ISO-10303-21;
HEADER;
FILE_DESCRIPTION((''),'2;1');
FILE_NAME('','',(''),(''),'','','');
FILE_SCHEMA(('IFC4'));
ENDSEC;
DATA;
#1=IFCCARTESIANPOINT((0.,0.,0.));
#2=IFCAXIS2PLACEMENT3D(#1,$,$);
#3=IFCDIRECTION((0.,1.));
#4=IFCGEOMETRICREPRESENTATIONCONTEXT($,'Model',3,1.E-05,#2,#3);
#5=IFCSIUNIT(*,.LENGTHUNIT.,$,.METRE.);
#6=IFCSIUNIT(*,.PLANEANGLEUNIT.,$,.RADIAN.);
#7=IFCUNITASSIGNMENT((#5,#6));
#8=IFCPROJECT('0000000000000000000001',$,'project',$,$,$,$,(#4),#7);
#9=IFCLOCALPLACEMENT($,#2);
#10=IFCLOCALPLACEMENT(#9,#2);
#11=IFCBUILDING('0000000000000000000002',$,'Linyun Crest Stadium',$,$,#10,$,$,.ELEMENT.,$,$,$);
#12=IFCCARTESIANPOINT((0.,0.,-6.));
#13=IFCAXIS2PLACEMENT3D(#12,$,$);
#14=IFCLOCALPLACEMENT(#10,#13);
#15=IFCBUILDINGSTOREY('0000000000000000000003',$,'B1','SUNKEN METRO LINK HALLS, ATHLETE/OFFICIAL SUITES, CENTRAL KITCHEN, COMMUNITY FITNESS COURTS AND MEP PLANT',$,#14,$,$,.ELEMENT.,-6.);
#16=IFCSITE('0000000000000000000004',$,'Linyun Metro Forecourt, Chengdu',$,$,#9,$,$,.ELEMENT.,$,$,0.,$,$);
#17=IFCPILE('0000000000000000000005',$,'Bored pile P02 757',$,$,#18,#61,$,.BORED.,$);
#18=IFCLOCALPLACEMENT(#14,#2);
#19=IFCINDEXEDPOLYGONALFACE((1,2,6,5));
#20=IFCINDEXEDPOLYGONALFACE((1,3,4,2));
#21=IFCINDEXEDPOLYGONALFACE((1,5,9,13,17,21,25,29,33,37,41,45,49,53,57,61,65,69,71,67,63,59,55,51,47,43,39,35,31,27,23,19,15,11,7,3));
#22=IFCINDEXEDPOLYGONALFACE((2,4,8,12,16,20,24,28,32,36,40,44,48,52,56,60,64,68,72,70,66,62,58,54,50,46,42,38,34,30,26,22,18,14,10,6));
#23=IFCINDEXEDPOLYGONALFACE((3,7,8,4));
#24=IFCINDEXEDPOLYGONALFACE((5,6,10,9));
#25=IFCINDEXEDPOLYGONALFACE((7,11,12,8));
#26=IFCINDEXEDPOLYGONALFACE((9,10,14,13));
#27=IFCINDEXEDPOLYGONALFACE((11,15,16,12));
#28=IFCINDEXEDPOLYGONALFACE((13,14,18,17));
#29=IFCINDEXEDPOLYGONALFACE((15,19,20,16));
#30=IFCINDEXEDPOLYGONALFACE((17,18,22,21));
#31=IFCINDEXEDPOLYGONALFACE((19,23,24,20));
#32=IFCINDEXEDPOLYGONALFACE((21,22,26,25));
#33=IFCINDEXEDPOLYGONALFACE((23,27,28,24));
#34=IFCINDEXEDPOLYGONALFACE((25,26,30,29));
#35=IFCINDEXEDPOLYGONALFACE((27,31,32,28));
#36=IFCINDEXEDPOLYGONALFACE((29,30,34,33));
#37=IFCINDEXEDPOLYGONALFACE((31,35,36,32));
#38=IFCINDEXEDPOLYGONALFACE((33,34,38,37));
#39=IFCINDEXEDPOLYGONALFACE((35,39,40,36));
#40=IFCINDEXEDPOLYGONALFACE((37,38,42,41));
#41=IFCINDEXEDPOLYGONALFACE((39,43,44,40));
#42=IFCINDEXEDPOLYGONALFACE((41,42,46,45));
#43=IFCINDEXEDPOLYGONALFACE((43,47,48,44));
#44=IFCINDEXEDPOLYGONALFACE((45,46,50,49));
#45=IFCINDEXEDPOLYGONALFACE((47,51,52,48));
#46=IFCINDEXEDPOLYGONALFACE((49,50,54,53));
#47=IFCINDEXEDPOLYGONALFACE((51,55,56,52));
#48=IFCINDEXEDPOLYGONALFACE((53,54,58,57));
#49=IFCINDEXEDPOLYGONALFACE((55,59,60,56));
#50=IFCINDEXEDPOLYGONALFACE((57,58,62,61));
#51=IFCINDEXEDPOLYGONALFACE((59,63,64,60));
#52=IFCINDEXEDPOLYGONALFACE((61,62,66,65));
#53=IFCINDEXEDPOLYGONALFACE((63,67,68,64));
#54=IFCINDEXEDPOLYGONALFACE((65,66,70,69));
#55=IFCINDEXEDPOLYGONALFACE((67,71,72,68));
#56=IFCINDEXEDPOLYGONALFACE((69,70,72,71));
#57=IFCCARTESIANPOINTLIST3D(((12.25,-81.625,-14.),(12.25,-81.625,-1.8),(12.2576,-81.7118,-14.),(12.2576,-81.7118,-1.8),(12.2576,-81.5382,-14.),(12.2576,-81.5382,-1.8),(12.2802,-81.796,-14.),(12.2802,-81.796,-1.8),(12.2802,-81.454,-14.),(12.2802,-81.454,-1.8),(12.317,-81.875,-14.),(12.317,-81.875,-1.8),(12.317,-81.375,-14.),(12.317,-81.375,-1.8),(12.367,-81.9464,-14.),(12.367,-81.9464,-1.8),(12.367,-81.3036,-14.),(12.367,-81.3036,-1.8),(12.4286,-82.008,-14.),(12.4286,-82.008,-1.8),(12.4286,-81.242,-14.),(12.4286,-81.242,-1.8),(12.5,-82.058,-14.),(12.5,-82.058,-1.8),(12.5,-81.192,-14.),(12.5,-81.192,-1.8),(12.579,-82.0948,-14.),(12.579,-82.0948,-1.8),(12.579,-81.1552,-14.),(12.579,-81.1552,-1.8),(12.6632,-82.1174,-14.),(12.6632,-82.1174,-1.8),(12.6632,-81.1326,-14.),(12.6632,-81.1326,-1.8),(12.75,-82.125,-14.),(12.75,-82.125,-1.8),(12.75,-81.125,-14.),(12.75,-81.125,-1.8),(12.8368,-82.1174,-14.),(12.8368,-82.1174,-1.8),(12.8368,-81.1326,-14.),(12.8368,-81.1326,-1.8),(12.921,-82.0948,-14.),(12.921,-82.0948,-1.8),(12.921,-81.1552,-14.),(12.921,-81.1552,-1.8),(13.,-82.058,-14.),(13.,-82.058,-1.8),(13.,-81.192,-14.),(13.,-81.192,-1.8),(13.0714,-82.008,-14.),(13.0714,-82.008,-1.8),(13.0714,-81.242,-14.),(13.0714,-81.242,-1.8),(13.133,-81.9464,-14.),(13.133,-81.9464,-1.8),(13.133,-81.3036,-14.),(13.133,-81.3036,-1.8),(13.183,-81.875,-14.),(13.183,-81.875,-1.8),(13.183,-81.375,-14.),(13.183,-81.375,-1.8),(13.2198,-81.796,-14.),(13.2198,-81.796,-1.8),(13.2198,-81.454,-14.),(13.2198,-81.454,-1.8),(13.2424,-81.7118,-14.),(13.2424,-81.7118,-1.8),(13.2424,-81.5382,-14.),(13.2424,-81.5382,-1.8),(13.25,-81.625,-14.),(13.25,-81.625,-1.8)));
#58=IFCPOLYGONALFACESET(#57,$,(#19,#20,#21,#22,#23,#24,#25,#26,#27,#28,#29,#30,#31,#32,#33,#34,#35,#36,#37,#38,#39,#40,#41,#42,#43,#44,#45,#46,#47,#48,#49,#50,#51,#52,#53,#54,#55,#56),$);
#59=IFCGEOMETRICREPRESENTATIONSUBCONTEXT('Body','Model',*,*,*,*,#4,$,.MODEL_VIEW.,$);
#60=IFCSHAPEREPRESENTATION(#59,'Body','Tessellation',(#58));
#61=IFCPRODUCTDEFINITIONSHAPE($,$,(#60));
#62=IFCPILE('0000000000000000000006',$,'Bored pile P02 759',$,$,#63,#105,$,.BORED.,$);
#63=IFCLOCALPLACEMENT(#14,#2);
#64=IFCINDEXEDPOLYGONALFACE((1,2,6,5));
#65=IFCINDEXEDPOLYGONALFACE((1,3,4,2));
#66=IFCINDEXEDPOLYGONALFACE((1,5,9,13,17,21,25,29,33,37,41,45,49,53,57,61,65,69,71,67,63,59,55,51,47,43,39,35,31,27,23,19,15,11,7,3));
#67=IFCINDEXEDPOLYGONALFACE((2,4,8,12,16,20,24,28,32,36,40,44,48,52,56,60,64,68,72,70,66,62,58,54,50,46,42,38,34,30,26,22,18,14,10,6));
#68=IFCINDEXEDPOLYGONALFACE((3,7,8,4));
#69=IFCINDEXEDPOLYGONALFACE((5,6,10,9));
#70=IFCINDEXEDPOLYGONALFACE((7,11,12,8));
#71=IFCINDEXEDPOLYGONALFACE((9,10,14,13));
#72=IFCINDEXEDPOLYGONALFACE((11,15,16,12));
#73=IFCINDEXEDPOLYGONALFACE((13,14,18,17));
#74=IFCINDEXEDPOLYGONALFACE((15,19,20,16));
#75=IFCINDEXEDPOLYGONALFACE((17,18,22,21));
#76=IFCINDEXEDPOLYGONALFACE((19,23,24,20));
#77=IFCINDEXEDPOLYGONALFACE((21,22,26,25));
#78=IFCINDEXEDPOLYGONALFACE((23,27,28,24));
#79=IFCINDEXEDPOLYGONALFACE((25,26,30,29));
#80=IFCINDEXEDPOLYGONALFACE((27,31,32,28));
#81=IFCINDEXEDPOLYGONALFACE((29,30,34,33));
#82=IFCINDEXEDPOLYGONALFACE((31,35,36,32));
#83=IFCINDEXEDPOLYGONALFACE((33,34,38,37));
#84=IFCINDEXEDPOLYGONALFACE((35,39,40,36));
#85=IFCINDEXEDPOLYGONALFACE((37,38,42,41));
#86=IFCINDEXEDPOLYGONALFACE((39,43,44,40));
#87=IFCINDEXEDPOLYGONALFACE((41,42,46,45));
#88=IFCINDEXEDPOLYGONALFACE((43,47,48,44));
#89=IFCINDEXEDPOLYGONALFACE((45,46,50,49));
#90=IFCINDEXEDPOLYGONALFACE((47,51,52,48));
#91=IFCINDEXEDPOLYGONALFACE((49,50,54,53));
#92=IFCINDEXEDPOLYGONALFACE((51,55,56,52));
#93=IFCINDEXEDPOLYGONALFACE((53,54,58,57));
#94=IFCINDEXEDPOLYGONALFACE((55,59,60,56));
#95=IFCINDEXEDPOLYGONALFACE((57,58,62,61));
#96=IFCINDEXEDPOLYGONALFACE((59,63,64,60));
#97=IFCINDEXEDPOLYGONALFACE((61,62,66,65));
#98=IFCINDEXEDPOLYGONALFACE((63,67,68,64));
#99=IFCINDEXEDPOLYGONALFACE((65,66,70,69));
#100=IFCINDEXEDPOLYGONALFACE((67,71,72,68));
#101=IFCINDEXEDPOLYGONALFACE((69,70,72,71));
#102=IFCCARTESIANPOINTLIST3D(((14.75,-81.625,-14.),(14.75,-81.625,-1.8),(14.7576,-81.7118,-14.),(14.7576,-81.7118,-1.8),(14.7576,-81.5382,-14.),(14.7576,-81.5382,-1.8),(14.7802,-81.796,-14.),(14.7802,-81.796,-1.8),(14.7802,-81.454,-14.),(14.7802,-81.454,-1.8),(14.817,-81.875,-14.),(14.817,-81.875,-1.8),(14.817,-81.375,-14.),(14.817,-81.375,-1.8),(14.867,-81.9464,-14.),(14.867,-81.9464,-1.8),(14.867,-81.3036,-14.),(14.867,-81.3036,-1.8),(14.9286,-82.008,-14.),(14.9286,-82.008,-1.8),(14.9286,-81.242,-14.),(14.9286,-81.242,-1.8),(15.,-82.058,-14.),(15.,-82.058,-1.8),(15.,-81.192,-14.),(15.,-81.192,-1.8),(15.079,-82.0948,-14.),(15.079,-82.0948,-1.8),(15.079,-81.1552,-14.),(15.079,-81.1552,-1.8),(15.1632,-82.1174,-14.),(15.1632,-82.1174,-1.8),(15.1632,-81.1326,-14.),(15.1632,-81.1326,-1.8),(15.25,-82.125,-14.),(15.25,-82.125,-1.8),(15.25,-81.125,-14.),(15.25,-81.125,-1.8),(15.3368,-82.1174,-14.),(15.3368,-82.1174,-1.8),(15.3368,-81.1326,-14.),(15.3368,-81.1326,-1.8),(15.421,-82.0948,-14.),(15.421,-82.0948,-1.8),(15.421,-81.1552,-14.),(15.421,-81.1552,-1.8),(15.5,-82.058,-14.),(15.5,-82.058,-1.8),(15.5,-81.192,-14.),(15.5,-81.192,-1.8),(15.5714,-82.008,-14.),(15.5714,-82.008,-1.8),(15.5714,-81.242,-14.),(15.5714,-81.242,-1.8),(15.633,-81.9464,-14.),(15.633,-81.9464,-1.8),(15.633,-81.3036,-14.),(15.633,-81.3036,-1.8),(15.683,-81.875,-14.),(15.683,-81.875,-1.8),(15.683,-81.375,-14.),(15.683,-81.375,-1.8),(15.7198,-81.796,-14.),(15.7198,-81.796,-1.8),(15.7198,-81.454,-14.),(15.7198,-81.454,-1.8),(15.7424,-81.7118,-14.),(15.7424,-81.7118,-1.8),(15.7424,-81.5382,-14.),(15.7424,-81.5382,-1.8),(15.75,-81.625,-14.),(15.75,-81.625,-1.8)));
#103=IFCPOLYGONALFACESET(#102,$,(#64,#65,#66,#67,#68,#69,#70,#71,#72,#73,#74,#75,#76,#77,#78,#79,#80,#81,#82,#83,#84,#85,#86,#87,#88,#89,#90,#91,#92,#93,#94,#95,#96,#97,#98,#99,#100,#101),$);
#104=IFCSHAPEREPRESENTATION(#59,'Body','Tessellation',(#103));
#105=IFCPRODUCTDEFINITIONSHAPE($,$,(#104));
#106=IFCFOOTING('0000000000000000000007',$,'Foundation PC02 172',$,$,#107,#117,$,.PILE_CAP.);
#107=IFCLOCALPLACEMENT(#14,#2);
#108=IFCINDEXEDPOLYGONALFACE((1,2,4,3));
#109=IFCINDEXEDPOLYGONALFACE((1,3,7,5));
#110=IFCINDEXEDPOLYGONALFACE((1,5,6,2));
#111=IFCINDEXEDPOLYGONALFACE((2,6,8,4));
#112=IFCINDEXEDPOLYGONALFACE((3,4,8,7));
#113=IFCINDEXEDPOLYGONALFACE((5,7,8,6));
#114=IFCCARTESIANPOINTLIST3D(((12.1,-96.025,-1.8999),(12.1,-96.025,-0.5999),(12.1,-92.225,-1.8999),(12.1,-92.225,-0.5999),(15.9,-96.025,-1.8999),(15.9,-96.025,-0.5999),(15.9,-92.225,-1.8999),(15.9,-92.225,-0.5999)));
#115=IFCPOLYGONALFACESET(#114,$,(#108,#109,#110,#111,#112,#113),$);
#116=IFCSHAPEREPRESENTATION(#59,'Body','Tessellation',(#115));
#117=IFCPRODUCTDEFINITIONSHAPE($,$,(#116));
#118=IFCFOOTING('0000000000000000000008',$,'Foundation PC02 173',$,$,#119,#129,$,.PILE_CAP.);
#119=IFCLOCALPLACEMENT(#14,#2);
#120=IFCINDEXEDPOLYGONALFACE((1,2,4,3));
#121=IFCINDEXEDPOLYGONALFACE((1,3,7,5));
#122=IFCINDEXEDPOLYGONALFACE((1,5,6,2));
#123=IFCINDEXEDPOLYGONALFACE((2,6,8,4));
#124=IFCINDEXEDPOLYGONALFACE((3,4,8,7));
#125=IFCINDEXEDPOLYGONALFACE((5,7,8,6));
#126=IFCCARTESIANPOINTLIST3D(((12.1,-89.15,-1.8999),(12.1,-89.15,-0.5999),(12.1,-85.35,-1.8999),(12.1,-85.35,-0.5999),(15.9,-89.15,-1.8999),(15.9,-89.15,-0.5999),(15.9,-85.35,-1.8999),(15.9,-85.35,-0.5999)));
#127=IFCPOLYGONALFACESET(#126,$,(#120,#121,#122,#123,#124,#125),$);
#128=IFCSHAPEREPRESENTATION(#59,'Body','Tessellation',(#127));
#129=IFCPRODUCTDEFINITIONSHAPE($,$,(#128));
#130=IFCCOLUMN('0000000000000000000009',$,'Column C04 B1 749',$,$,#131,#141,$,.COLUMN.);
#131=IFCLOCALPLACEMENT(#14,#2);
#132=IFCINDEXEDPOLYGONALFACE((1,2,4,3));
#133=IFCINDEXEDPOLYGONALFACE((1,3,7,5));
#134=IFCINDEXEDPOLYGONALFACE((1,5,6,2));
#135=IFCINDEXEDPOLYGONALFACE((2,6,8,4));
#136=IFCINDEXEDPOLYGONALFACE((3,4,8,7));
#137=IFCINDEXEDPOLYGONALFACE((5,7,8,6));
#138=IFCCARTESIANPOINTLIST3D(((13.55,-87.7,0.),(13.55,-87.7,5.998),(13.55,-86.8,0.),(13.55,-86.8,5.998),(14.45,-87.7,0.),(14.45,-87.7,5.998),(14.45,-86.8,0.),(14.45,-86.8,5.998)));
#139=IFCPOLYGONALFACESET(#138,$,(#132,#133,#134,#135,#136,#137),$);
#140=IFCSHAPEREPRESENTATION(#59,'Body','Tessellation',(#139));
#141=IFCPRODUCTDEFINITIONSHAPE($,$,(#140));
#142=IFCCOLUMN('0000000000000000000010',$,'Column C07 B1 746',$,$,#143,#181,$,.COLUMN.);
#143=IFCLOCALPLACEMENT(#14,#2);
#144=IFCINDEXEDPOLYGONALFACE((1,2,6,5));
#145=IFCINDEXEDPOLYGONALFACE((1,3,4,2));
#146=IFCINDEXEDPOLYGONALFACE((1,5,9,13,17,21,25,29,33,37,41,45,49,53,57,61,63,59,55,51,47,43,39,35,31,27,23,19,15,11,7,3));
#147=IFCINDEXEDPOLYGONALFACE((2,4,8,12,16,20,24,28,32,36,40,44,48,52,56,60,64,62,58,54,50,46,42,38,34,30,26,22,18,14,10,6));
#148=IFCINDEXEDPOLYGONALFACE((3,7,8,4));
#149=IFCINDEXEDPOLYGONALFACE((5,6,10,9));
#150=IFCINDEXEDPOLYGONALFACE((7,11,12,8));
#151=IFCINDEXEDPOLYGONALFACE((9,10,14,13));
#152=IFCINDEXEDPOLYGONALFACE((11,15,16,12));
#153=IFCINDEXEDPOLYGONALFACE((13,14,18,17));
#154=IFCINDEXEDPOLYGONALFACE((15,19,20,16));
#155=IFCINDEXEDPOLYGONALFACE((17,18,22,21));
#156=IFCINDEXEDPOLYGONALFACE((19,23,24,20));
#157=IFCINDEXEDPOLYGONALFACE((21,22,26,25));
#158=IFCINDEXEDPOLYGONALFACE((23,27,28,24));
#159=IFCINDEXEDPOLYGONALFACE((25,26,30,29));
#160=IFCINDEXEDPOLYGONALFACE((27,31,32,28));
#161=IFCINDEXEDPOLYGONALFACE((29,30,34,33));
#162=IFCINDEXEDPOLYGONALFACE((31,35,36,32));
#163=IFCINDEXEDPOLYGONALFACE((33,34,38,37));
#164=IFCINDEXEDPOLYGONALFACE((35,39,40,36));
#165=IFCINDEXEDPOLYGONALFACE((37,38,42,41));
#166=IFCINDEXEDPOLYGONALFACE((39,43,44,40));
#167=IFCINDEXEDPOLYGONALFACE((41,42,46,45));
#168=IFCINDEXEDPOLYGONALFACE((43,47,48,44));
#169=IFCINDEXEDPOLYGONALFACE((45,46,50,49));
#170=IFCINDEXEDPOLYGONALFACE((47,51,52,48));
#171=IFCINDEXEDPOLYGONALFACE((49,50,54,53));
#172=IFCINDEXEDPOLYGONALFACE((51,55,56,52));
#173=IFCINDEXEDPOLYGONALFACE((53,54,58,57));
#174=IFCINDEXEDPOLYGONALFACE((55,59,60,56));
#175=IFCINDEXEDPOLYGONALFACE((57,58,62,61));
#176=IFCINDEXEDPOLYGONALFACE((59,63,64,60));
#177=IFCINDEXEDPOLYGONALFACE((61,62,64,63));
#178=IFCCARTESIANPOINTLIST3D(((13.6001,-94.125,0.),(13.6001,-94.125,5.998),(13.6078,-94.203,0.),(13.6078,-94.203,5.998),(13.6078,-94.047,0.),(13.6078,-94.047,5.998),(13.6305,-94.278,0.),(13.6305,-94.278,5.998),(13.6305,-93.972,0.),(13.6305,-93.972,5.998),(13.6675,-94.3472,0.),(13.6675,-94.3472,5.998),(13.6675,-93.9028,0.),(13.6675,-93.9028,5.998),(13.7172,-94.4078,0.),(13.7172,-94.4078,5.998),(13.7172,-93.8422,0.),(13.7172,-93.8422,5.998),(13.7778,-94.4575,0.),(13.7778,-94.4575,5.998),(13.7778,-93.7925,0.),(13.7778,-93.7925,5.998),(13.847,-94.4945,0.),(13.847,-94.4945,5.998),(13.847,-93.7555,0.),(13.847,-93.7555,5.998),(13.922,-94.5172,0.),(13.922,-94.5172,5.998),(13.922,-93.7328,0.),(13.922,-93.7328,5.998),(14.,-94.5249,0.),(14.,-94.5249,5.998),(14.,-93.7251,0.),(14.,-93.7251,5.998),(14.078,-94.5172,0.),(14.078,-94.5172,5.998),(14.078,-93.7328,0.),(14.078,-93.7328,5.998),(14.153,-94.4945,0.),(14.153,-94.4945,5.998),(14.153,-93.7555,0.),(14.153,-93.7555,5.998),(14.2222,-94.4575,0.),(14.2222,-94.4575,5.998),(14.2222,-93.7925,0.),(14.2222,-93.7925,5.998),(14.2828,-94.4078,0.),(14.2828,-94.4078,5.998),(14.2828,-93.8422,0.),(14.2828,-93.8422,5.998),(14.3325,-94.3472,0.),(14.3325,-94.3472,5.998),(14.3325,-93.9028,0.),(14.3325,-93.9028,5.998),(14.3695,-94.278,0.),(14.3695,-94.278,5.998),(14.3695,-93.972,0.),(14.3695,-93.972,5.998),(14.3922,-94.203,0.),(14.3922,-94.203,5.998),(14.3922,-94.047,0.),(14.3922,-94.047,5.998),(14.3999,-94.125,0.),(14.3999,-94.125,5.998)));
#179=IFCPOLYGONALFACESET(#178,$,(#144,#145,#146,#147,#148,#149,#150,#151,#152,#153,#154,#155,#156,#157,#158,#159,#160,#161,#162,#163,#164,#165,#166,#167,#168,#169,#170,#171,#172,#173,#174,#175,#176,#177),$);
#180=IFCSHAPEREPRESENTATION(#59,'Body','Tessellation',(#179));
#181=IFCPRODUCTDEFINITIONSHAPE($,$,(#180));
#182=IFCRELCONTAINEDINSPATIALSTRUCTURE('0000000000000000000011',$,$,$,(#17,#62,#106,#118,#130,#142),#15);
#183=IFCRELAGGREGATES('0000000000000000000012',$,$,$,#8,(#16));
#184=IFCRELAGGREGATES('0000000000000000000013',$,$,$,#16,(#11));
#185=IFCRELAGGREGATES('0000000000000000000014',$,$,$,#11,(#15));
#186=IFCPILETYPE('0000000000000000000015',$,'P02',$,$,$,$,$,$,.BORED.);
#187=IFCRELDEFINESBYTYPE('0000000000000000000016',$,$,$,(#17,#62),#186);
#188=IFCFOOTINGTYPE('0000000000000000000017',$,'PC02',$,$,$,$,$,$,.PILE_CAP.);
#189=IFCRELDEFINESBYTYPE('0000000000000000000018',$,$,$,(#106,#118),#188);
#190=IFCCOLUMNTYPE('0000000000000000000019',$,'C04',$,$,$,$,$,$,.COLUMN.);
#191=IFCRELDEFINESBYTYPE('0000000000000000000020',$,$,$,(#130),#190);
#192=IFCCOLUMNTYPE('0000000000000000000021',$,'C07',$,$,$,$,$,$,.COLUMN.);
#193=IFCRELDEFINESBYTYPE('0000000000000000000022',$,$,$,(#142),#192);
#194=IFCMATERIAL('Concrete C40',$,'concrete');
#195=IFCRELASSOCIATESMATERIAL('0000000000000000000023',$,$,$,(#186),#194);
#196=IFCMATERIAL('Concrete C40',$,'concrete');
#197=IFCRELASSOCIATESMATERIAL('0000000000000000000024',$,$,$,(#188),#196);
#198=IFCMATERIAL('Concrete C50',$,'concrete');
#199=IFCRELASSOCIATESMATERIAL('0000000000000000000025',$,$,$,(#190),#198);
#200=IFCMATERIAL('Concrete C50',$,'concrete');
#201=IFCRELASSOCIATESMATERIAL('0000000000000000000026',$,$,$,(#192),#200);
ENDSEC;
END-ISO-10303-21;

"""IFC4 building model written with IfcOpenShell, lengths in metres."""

from ifc_helpers import new_model, si_unit, direction, frame, origin, origin_2d, place, context, subcontext, project, spatial, rectangle, circle, extrude, material, material_profile, profile_set, type_object, element, save


model = new_model("IFC4")

# Units and contexts
model_context = context("Model", 3, precision=1e-05, world=origin(), true_north=direction((0.0, 1.0)))
body_context = subcontext(model_context, "Body", "Model", "MODEL_VIEW")
ifc_project = project(units=[si_unit("LENGTHUNIT", "METRE"), si_unit("PLANEANGLEUNIT", "RADIAN")], contexts=[model_context])

# Site, building, storey
site_placement = place(None, origin())
site = spatial("IfcSite", under=ifc_project, at=site_placement, Name="Linyun Metro Forecourt, Chengdu", CompositionType="ELEMENT", RefElevation=0.0)
building_placement = place(site_placement, origin())
building = spatial("IfcBuilding", under=site, at=building_placement, Name="Linyun Crest Stadium", CompositionType="ELEMENT")
storey_placement = place(building_placement, frame((0.0, 0.0, -6.0)))
storey = spatial("IfcBuildingStorey", under=building, at=storey_placement, Name="B1", Description="SUNKEN METRO LINK HALLS, ATHLETE/OFFICIAL SUITES, CENTRAL KITCHEN, COMMUNITY FITNESS COURTS AND MEP PLANT", CompositionType="ELEMENT", Elevation=-6.0)

# Piles
ifc_material_1 = material(Name="Concrete C40", Category="concrete")
ifc_material_profile_1 = material_profile(ifc_material_1, circle(Radius=0.5, at=origin_2d()), Name="BORED PILE 1000")
ifc_profile_set_1 = profile_set([ifc_material_profile_1], Name="Concrete C40")
pile_type = type_object("IfcPileType", Name="P02", PredefinedType="BORED", material=ifc_profile_set_1)
for number, where, z_axis, x_axis, name in (
    (1, (12.75, -81.625, -1.8), (0.0, 0.0, -1.0), (1.0, 0.0, 0.0), "Bored pile P02 757"),
    (2, (15.25, -81.625, -1.8), (0.0, 0.0, -1.0), (1.0, 0.0, 0.0), "Bored pile P02 759"),
):
    element("IfcPile", number, at=place(storey_placement, frame(where, z_axis=z_axis, x_axis=x_axis)), inside=storey, type_object=pile_type, Name=name, PredefinedType="BORED", context=body_context, shape_type="SweptSolid", body=[
        extrude(circle(Radius=0.5, at=origin_2d()), origin(), (0.0, 0.0, 1.0), 12.2),
    ])

# Footings
ifc_material_2 = material(Name="Concrete C40", Category="concrete")
footing_type = type_object("IfcFootingType", Name="PC02", PredefinedType="PILE_CAP", material=ifc_material_2)
for number, where, z_axis, x_axis, name in (
    (3, (14.0, -94.125, -1.8999), (0.0, 0.0, 1.0), (1.0, 0.0, 0.0), "Foundation PC02 172"),
    (4, (14.0, -87.25, -1.8999), (0.0, 0.0, 1.0), (1.0, 0.0, 0.0), "Foundation PC02 173"),
):
    element("IfcFooting", number, at=place(storey_placement, frame(where, z_axis=z_axis, x_axis=x_axis)), inside=storey, type_object=footing_type, Name=name, PredefinedType="PILE_CAP", context=body_context, shape_type="SweptSolid", body=[
        extrude(rectangle(XDim=3.8, YDim=3.8, at=origin_2d()), origin(), (0.0, 0.0, 1.0), 1.3),
    ])

# Columns
ifc_material_3 = material(Name="Concrete C50", Category="concrete")
ifc_material_profile_2 = material_profile(ifc_material_3, rectangle(XDim=0.8999, YDim=0.8999, at=origin_2d()), Name="RC 900x900")
ifc_profile_set_2 = profile_set([ifc_material_profile_2], Name="Concrete C50")
column_type_1 = type_object("IfcColumnType", Name="C04", PredefinedType="COLUMN", material=ifc_profile_set_2)
column_1_placement = place(storey_placement, frame((14.0, -87.25, 0.0), z_axis=(0.0, 0.0, 1.0), x_axis=(1.0, 0.0, 0.0)))
element("IfcColumn", 5, at=column_1_placement, inside=storey, type_object=column_type_1, Name="Column C04 B1 749", PredefinedType="COLUMN", context=body_context, shape_type="SweptSolid", body=[
    extrude(rectangle(XDim=0.8999, YDim=0.8999, at=origin_2d()), origin(), (0.0, 0.0, 1.0), 5.998),
])
ifc_material_4 = material(Name="Concrete C50", Category="concrete")
ifc_material_profile_3 = material_profile(ifc_material_4, circle(Radius=0.3999, at=origin_2d()), Name="RC D800")
ifc_profile_set_3 = profile_set([ifc_material_profile_3], Name="Concrete C50")
column_type_2 = type_object("IfcColumnType", Name="C07", PredefinedType="COLUMN", material=ifc_profile_set_3)
column_2_placement = place(storey_placement, frame((14.0, -94.125, 0.0), z_axis=(0.0, 0.0, 1.0), x_axis=(1.0, 0.0, 0.0)))
element("IfcColumn", 6, at=column_2_placement, inside=storey, type_object=column_type_2, Name="Column C07 B1 746", PredefinedType="COLUMN", context=body_context, shape_type="SweptSolid", body=[
    extrude(circle(Radius=0.3999, at=origin_2d()), origin(), (0.0, 0.0, 1.0), 5.998),
])

save(model, "model.ifc")
